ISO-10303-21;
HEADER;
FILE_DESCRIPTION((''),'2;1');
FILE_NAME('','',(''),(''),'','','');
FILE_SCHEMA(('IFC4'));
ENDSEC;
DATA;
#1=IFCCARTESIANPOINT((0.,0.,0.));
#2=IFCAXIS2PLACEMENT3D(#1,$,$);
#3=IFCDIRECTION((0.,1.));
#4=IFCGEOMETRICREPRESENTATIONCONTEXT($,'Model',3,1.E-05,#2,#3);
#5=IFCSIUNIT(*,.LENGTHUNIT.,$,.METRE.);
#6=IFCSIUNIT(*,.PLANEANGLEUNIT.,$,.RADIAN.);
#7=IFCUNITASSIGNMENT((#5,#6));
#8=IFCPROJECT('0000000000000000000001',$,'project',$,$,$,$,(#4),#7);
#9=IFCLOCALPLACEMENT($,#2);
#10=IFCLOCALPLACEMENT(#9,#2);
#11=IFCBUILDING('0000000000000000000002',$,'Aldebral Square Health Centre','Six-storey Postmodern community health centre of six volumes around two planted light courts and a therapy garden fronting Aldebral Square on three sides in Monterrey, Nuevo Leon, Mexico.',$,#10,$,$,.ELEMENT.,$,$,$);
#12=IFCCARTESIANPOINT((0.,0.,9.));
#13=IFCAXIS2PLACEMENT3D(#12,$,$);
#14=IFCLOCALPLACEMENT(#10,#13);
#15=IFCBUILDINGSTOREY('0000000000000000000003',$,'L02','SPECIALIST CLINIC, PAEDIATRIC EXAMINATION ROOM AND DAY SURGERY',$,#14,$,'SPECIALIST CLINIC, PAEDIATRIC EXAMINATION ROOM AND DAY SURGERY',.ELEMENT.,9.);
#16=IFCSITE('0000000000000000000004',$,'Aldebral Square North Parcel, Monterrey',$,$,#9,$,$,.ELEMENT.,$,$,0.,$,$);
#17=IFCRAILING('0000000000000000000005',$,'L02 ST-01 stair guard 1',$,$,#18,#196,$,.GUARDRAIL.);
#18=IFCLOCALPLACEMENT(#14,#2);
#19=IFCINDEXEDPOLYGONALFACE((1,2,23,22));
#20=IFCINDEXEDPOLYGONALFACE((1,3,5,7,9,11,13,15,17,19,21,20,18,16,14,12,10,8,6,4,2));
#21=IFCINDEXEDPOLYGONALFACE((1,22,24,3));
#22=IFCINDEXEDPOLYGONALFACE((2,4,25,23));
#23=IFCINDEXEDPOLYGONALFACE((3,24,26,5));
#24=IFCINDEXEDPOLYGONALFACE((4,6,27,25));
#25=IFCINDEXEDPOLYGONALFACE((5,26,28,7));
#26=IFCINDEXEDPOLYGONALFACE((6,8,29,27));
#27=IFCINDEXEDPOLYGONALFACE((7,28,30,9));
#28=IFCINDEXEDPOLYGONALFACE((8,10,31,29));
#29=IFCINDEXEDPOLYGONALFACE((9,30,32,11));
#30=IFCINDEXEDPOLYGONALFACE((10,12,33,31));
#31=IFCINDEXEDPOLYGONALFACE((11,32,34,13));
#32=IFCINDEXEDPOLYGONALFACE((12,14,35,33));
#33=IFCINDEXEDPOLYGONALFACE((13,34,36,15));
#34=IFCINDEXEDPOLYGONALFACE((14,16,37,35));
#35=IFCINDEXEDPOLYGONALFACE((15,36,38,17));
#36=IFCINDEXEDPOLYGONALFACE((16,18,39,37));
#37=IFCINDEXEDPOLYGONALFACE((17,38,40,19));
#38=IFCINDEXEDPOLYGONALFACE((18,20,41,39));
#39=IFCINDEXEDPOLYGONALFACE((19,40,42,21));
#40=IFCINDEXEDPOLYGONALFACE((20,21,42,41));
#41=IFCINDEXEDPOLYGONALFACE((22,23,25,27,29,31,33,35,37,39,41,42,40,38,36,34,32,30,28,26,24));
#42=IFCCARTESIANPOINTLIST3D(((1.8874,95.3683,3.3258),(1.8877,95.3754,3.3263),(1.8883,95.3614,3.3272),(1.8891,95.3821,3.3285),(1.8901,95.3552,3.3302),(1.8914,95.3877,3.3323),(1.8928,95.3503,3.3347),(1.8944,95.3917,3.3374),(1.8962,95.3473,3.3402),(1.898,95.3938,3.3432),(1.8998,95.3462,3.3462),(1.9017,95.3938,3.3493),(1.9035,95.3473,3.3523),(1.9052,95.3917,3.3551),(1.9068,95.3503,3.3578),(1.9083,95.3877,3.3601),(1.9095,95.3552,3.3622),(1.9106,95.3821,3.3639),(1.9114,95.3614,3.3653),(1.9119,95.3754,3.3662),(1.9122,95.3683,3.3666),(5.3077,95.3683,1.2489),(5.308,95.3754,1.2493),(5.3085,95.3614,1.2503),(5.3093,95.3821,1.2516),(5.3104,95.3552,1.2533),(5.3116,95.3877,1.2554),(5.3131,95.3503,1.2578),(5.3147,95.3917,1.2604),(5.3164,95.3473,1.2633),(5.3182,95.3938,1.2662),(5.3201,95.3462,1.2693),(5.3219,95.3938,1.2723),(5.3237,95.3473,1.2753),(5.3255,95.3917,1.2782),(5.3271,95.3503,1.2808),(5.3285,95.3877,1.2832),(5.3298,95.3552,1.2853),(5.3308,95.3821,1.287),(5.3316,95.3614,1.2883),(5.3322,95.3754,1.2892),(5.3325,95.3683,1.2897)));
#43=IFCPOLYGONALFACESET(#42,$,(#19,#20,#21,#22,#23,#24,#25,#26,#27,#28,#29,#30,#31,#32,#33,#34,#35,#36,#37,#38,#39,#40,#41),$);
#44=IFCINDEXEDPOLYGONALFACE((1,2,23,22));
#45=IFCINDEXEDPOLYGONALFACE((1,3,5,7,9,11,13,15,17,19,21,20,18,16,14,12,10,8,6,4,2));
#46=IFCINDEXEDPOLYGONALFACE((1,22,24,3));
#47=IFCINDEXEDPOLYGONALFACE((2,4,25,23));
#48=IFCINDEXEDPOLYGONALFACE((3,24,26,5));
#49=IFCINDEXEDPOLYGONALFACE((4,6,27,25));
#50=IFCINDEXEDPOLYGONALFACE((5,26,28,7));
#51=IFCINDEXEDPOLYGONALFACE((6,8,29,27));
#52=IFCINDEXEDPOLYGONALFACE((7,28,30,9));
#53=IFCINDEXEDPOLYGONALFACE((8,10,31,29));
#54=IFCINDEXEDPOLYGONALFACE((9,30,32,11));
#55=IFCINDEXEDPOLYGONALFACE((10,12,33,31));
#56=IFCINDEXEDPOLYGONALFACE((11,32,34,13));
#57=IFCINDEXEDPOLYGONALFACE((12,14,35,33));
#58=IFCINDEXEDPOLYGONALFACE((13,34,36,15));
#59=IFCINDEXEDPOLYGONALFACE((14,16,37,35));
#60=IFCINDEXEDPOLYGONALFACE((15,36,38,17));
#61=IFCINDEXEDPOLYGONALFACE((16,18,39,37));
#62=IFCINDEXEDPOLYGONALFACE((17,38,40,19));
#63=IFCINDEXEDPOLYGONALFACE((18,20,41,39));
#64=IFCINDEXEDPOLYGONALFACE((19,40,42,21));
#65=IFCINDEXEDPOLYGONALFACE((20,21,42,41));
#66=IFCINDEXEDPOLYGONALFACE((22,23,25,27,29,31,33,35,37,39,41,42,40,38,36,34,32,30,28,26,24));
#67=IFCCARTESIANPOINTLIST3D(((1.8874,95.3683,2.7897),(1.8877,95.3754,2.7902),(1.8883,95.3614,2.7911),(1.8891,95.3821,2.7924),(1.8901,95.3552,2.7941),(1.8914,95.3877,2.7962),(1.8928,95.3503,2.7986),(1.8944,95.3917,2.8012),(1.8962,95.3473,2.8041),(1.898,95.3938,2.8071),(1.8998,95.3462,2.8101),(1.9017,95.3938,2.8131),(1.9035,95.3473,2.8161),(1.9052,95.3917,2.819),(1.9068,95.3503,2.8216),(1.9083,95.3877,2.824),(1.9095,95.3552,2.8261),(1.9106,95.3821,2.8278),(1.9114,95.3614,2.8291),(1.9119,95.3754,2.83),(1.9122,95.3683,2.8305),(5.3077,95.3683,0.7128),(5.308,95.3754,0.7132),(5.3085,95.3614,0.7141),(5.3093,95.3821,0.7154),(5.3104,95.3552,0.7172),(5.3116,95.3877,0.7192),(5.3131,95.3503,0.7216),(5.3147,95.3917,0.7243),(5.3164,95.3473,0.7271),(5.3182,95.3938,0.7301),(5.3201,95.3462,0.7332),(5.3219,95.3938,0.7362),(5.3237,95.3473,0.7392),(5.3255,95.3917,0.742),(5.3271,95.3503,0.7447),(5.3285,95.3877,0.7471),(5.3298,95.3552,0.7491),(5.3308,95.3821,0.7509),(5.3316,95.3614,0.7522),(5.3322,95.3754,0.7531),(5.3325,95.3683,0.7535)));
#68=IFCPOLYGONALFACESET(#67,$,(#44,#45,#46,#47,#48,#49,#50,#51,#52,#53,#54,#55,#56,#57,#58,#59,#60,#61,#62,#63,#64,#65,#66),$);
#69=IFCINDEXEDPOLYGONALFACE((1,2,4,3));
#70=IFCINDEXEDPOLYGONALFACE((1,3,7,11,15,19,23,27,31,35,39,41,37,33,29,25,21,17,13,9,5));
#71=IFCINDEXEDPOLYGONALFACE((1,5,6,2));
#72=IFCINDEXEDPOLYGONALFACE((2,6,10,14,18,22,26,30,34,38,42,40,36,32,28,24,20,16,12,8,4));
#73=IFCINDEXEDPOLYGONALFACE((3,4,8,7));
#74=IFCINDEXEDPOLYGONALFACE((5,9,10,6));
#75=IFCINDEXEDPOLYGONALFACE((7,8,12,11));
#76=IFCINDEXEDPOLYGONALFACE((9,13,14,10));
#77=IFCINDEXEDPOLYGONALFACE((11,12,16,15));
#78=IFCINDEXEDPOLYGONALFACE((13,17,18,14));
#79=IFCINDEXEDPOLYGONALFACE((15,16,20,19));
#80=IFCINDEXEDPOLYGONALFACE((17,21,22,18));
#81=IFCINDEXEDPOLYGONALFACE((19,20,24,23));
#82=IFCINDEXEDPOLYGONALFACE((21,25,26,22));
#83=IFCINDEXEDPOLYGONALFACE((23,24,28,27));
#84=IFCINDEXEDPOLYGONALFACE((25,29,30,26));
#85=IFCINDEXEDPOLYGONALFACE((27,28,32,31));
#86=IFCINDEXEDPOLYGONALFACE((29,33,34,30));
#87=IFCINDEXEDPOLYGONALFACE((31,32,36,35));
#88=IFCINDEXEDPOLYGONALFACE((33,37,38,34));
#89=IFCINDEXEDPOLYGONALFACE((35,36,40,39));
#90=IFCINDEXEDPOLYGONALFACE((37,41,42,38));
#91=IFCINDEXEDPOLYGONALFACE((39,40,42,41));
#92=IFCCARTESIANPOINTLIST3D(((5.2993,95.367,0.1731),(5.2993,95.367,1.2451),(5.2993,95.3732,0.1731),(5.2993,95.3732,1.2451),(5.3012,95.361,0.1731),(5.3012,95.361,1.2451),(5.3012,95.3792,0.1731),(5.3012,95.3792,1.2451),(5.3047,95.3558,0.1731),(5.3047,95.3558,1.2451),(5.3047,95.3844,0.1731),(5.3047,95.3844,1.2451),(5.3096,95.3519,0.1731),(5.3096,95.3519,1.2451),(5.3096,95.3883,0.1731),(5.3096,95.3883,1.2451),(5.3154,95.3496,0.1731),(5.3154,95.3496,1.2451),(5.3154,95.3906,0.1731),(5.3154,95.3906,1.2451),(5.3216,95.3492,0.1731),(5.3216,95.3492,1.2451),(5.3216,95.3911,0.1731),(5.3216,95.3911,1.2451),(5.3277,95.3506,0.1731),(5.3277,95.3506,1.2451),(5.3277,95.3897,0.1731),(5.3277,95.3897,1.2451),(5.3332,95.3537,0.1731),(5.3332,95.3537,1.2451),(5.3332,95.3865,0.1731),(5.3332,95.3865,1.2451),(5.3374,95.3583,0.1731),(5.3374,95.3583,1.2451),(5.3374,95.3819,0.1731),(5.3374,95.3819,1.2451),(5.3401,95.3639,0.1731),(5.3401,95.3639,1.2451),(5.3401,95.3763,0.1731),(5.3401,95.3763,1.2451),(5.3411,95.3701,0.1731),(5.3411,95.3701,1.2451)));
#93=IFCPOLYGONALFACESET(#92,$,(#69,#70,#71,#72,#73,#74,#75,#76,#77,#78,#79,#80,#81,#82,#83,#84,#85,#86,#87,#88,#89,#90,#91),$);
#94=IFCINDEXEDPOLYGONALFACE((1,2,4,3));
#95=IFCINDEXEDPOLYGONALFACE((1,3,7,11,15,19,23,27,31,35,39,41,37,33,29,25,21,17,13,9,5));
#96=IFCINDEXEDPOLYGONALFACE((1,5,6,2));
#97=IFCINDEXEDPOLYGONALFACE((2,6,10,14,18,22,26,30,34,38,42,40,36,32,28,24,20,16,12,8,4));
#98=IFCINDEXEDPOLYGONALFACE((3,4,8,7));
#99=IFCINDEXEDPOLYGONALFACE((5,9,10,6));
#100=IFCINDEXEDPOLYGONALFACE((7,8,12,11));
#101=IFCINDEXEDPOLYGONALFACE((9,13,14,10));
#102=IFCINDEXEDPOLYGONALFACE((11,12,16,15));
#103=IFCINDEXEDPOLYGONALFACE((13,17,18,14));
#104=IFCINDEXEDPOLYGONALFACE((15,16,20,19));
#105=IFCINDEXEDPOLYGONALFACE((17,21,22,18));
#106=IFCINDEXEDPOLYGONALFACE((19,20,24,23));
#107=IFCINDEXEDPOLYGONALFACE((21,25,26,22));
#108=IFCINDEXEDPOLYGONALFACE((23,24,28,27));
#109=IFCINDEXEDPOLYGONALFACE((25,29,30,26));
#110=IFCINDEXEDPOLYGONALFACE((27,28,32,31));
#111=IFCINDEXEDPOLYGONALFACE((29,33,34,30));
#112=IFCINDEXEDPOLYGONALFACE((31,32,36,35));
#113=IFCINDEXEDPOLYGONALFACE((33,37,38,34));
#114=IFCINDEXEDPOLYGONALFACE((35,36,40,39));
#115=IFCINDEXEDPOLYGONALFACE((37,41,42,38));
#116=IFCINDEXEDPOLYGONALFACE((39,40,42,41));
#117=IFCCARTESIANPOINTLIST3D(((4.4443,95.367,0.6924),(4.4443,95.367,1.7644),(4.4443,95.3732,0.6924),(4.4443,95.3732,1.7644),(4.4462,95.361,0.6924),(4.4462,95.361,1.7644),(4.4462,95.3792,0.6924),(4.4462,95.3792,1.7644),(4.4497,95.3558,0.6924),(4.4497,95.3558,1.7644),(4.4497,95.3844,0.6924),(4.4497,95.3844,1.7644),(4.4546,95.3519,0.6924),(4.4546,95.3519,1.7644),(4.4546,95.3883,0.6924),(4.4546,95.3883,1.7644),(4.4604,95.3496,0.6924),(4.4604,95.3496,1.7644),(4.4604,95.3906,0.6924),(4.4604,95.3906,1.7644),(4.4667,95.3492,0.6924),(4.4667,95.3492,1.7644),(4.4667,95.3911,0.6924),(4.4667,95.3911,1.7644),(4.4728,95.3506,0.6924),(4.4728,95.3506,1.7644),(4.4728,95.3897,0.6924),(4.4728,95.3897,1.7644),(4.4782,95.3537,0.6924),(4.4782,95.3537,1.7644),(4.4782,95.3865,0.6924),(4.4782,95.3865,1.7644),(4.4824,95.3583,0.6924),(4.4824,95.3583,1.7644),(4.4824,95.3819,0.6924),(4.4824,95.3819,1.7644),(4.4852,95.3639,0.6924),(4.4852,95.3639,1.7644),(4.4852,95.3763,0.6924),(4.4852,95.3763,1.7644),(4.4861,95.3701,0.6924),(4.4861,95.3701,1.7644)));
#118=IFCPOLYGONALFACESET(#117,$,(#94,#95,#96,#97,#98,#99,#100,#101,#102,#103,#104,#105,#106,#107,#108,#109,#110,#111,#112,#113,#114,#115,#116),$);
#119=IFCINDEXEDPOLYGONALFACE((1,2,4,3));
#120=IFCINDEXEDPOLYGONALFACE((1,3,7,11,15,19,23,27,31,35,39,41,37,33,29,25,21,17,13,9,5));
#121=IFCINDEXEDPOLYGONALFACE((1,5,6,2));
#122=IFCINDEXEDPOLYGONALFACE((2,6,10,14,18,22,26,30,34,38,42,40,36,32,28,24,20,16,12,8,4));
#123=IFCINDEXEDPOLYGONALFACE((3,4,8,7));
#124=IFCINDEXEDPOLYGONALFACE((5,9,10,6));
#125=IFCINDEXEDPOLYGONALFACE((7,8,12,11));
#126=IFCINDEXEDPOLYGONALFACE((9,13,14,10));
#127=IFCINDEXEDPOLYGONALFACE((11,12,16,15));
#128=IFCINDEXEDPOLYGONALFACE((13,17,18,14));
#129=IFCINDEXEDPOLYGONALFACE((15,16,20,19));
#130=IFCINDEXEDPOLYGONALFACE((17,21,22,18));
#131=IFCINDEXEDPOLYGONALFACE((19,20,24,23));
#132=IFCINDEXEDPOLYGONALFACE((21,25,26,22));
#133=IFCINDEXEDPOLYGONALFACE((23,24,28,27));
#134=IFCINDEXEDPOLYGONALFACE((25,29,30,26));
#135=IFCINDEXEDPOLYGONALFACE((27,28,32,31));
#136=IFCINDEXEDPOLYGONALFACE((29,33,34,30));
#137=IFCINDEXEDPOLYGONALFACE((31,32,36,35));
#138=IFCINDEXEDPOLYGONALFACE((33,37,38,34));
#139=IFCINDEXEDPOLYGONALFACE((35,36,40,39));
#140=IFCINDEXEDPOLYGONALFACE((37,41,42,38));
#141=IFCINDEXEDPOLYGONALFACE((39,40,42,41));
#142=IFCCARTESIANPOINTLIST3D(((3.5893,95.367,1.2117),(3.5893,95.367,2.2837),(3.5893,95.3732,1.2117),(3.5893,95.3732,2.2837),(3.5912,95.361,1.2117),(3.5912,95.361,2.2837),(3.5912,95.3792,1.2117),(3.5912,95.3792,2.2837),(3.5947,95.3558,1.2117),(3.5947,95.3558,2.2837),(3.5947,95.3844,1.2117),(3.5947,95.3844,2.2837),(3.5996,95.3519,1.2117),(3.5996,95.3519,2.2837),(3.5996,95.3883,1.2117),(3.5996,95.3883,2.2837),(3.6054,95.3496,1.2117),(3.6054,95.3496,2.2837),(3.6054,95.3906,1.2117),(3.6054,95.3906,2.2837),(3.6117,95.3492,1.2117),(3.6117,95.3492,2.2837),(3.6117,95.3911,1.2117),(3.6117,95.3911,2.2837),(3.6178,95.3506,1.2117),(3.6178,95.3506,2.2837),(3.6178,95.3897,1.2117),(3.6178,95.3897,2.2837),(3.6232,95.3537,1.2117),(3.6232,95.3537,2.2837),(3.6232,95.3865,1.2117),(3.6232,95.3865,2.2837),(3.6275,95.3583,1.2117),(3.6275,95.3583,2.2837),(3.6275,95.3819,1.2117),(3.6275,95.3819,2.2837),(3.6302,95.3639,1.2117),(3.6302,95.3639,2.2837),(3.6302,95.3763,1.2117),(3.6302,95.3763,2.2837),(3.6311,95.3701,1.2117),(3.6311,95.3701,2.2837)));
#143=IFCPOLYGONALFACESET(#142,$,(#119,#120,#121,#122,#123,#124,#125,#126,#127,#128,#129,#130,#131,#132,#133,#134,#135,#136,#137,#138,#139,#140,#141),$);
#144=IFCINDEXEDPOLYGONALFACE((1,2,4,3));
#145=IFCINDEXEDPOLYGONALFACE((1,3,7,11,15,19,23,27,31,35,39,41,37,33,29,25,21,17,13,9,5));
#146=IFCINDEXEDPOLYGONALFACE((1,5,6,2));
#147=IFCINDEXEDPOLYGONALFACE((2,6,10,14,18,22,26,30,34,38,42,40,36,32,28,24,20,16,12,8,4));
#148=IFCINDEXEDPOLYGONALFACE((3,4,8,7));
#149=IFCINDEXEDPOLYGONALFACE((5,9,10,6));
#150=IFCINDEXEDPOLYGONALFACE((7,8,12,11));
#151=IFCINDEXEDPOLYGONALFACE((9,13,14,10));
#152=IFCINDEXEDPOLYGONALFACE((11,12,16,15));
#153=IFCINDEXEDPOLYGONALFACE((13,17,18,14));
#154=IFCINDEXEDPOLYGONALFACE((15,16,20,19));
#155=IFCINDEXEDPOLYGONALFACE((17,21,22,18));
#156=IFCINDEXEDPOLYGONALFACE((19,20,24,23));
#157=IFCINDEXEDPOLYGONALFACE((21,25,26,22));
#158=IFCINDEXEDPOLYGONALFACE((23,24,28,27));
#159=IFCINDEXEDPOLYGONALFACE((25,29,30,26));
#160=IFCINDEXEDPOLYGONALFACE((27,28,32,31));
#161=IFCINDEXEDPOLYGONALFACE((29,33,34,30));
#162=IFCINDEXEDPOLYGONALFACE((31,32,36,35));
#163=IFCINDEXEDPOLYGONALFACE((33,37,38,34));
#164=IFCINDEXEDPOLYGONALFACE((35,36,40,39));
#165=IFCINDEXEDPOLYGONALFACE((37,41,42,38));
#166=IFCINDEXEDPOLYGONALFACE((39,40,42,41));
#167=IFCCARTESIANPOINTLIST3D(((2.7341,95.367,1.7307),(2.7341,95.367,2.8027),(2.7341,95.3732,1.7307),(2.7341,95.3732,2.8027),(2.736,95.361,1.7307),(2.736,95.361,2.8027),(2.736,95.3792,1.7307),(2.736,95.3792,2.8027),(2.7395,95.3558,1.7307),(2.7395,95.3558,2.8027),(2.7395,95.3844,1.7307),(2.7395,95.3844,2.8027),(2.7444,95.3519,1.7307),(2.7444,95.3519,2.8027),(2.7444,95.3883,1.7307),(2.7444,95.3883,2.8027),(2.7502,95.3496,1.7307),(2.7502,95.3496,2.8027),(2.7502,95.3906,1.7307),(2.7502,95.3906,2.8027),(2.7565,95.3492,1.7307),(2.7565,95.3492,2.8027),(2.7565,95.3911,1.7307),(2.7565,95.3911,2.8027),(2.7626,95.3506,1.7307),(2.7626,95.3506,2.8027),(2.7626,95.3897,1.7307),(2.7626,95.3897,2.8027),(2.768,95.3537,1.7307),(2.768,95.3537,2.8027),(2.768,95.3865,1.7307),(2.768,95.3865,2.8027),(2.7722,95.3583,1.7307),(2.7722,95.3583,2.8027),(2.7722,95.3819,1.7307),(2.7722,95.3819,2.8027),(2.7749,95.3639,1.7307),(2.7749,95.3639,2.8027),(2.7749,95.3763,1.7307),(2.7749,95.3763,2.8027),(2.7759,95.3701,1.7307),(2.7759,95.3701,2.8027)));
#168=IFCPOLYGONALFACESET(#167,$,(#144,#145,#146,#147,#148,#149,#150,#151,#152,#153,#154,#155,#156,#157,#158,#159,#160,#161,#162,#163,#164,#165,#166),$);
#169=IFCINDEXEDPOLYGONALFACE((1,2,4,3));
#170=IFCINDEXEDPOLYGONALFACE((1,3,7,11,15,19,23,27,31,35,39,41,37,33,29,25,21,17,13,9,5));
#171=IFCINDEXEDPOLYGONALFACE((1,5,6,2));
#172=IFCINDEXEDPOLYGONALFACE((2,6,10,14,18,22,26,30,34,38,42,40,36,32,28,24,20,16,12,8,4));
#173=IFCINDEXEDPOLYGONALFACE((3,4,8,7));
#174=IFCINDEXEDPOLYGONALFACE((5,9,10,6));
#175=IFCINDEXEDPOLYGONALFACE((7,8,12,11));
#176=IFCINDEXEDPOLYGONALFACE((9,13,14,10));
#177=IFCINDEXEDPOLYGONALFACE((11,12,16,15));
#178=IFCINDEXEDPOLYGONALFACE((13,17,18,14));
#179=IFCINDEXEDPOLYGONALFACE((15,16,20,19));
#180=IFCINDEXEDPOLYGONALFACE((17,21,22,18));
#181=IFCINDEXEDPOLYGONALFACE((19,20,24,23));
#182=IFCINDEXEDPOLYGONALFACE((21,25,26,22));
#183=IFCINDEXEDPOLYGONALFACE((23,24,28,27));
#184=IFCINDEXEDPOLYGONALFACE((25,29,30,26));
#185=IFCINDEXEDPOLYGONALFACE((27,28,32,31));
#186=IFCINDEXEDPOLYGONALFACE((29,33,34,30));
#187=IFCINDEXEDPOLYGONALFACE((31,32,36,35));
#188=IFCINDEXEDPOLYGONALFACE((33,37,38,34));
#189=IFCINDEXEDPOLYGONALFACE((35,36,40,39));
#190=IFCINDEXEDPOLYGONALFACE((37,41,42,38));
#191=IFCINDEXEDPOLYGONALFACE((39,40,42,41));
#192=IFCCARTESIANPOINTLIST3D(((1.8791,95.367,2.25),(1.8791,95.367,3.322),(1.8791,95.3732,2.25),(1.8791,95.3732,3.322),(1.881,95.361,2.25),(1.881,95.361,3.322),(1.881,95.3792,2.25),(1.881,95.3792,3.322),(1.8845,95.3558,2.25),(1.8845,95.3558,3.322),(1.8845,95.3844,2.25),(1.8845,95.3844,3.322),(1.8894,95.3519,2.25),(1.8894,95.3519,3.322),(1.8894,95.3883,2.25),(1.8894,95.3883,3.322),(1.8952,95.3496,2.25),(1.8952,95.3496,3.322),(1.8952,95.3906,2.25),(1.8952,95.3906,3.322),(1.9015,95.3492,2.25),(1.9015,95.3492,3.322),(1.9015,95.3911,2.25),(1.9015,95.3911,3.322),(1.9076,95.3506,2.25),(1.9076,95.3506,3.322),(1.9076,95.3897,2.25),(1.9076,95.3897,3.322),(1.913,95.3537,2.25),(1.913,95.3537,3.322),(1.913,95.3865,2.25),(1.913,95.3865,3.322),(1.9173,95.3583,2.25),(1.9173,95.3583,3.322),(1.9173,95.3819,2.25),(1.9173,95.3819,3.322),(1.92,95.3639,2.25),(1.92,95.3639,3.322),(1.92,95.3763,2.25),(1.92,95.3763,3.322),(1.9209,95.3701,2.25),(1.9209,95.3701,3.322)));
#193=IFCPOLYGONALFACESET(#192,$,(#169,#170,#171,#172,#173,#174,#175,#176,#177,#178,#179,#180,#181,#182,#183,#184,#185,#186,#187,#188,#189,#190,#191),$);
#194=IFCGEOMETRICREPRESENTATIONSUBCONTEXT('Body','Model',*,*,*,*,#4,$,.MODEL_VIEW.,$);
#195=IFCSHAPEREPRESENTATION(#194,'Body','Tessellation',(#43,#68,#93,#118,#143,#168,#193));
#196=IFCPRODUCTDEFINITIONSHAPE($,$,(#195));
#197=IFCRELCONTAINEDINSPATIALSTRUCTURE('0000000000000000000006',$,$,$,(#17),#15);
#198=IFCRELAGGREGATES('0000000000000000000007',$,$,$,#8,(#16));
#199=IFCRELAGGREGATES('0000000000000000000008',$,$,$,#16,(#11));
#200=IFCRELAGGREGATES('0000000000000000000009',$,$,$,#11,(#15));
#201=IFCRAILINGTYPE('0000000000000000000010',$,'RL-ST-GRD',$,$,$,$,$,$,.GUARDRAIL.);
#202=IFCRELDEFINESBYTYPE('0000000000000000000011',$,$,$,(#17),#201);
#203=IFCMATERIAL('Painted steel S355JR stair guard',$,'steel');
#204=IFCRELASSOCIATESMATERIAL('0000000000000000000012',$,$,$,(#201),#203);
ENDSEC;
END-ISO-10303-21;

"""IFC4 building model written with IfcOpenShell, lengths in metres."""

from ifc_helpers import new_model, si_unit, direction, frame, origin, origin_2d, place, context, subcontext, project, spatial, circle, extrude, material, type_object, element, save


model = new_model("IFC4")

# Units and contexts
model_context = context("Model", 3, precision=1e-05, world=origin(), true_north=direction((0.0, 1.0)))
body_context = subcontext(model_context, "Body", "Model", "MODEL_VIEW")
ifc_project = project(units=[si_unit("LENGTHUNIT", "METRE"), si_unit("PLANEANGLEUNIT", "RADIAN")], contexts=[model_context])

# Site, building, storey
site_placement = place(None, origin())
site = spatial("IfcSite", under=ifc_project, at=site_placement, Name="Aldebral Square North Parcel, Monterrey", CompositionType="ELEMENT", RefElevation=0.0)
building_placement = place(site_placement, origin())
building = spatial("IfcBuilding", under=site, at=building_placement, Name="Aldebral Square Health Centre", Description="Six-storey Postmodern community health centre of six volumes around two planted light courts and a therapy garden fronting Aldebral Square on three sides in Monterrey, Nuevo Leon, Mexico.", CompositionType="ELEMENT")
storey_placement = place(building_placement, frame((0.0, 0.0, 9.0)))
storey = spatial("IfcBuildingStorey", under=building, at=storey_placement, Name="L02", Description="SPECIALIST CLINIC, PAEDIATRIC EXAMINATION ROOM AND DAY SURGERY", LongName="SPECIALIST CLINIC, PAEDIATRIC EXAMINATION ROOM AND DAY SURGERY", CompositionType="ELEMENT", Elevation=9.0)

# Railing
ifc_material_1 = material(Name="Painted steel S355JR stair guard", Category="steel")
railing_type_1 = type_object("IfcRailingType", Name="RL-ST-GRD", PredefinedType="GUARDRAIL", material=ifc_material_1)
railing_1_placement = place(storey_placement, frame((5.3201, 95.3701, 0.1731)))
element("IfcRailing", 1, at=railing_1_placement, inside=storey, type_object=railing_type_1, Name="L02 ST-01 stair guard 1", PredefinedType="GUARDRAIL", context=body_context, shape_type="SweptSolid", body=[
    extrude(circle(Radius=0.0239, at=origin_2d()), frame((0.0, 0.0, 1.0962), z_axis=(-0.854746, 0.0, 0.519047), x_axis=(0.0, -1.0, 0.0)), (0.0, 0.0, 1.0), 4.0015),
    extrude(circle(Radius=0.0239, at=origin_2d()), frame((0.0, 0.0, 0.5601), z_axis=(-0.854746, 0.0, 0.519047), x_axis=(0.0, -1.0, 0.0)), (0.0, 0.0, 1.0), 4.0015),
    extrude(circle(Radius=0.021, at=origin_2d()), origin(), (0.0, 0.0, 1.0), 1.072),
    extrude(circle(Radius=0.021, at=origin_2d()), frame((-0.855, 0.0, 0.5193)), (0.0, 0.0, 1.0), 1.072),
    extrude(circle(Radius=0.021, at=origin_2d()), frame((-1.71, 0.0, 1.0386)), (0.0, 0.0, 1.0), 1.072),
    extrude(circle(Radius=0.021, at=origin_2d()), frame((-2.5652, 0.0, 1.5576)), (0.0, 0.0, 1.0), 1.072),
    extrude(circle(Radius=0.021, at=origin_2d()), frame((-3.4202, 0.0, 2.0769)), (0.0, 0.0, 1.0), 1.072),
])

save(model, "model.ifc")
